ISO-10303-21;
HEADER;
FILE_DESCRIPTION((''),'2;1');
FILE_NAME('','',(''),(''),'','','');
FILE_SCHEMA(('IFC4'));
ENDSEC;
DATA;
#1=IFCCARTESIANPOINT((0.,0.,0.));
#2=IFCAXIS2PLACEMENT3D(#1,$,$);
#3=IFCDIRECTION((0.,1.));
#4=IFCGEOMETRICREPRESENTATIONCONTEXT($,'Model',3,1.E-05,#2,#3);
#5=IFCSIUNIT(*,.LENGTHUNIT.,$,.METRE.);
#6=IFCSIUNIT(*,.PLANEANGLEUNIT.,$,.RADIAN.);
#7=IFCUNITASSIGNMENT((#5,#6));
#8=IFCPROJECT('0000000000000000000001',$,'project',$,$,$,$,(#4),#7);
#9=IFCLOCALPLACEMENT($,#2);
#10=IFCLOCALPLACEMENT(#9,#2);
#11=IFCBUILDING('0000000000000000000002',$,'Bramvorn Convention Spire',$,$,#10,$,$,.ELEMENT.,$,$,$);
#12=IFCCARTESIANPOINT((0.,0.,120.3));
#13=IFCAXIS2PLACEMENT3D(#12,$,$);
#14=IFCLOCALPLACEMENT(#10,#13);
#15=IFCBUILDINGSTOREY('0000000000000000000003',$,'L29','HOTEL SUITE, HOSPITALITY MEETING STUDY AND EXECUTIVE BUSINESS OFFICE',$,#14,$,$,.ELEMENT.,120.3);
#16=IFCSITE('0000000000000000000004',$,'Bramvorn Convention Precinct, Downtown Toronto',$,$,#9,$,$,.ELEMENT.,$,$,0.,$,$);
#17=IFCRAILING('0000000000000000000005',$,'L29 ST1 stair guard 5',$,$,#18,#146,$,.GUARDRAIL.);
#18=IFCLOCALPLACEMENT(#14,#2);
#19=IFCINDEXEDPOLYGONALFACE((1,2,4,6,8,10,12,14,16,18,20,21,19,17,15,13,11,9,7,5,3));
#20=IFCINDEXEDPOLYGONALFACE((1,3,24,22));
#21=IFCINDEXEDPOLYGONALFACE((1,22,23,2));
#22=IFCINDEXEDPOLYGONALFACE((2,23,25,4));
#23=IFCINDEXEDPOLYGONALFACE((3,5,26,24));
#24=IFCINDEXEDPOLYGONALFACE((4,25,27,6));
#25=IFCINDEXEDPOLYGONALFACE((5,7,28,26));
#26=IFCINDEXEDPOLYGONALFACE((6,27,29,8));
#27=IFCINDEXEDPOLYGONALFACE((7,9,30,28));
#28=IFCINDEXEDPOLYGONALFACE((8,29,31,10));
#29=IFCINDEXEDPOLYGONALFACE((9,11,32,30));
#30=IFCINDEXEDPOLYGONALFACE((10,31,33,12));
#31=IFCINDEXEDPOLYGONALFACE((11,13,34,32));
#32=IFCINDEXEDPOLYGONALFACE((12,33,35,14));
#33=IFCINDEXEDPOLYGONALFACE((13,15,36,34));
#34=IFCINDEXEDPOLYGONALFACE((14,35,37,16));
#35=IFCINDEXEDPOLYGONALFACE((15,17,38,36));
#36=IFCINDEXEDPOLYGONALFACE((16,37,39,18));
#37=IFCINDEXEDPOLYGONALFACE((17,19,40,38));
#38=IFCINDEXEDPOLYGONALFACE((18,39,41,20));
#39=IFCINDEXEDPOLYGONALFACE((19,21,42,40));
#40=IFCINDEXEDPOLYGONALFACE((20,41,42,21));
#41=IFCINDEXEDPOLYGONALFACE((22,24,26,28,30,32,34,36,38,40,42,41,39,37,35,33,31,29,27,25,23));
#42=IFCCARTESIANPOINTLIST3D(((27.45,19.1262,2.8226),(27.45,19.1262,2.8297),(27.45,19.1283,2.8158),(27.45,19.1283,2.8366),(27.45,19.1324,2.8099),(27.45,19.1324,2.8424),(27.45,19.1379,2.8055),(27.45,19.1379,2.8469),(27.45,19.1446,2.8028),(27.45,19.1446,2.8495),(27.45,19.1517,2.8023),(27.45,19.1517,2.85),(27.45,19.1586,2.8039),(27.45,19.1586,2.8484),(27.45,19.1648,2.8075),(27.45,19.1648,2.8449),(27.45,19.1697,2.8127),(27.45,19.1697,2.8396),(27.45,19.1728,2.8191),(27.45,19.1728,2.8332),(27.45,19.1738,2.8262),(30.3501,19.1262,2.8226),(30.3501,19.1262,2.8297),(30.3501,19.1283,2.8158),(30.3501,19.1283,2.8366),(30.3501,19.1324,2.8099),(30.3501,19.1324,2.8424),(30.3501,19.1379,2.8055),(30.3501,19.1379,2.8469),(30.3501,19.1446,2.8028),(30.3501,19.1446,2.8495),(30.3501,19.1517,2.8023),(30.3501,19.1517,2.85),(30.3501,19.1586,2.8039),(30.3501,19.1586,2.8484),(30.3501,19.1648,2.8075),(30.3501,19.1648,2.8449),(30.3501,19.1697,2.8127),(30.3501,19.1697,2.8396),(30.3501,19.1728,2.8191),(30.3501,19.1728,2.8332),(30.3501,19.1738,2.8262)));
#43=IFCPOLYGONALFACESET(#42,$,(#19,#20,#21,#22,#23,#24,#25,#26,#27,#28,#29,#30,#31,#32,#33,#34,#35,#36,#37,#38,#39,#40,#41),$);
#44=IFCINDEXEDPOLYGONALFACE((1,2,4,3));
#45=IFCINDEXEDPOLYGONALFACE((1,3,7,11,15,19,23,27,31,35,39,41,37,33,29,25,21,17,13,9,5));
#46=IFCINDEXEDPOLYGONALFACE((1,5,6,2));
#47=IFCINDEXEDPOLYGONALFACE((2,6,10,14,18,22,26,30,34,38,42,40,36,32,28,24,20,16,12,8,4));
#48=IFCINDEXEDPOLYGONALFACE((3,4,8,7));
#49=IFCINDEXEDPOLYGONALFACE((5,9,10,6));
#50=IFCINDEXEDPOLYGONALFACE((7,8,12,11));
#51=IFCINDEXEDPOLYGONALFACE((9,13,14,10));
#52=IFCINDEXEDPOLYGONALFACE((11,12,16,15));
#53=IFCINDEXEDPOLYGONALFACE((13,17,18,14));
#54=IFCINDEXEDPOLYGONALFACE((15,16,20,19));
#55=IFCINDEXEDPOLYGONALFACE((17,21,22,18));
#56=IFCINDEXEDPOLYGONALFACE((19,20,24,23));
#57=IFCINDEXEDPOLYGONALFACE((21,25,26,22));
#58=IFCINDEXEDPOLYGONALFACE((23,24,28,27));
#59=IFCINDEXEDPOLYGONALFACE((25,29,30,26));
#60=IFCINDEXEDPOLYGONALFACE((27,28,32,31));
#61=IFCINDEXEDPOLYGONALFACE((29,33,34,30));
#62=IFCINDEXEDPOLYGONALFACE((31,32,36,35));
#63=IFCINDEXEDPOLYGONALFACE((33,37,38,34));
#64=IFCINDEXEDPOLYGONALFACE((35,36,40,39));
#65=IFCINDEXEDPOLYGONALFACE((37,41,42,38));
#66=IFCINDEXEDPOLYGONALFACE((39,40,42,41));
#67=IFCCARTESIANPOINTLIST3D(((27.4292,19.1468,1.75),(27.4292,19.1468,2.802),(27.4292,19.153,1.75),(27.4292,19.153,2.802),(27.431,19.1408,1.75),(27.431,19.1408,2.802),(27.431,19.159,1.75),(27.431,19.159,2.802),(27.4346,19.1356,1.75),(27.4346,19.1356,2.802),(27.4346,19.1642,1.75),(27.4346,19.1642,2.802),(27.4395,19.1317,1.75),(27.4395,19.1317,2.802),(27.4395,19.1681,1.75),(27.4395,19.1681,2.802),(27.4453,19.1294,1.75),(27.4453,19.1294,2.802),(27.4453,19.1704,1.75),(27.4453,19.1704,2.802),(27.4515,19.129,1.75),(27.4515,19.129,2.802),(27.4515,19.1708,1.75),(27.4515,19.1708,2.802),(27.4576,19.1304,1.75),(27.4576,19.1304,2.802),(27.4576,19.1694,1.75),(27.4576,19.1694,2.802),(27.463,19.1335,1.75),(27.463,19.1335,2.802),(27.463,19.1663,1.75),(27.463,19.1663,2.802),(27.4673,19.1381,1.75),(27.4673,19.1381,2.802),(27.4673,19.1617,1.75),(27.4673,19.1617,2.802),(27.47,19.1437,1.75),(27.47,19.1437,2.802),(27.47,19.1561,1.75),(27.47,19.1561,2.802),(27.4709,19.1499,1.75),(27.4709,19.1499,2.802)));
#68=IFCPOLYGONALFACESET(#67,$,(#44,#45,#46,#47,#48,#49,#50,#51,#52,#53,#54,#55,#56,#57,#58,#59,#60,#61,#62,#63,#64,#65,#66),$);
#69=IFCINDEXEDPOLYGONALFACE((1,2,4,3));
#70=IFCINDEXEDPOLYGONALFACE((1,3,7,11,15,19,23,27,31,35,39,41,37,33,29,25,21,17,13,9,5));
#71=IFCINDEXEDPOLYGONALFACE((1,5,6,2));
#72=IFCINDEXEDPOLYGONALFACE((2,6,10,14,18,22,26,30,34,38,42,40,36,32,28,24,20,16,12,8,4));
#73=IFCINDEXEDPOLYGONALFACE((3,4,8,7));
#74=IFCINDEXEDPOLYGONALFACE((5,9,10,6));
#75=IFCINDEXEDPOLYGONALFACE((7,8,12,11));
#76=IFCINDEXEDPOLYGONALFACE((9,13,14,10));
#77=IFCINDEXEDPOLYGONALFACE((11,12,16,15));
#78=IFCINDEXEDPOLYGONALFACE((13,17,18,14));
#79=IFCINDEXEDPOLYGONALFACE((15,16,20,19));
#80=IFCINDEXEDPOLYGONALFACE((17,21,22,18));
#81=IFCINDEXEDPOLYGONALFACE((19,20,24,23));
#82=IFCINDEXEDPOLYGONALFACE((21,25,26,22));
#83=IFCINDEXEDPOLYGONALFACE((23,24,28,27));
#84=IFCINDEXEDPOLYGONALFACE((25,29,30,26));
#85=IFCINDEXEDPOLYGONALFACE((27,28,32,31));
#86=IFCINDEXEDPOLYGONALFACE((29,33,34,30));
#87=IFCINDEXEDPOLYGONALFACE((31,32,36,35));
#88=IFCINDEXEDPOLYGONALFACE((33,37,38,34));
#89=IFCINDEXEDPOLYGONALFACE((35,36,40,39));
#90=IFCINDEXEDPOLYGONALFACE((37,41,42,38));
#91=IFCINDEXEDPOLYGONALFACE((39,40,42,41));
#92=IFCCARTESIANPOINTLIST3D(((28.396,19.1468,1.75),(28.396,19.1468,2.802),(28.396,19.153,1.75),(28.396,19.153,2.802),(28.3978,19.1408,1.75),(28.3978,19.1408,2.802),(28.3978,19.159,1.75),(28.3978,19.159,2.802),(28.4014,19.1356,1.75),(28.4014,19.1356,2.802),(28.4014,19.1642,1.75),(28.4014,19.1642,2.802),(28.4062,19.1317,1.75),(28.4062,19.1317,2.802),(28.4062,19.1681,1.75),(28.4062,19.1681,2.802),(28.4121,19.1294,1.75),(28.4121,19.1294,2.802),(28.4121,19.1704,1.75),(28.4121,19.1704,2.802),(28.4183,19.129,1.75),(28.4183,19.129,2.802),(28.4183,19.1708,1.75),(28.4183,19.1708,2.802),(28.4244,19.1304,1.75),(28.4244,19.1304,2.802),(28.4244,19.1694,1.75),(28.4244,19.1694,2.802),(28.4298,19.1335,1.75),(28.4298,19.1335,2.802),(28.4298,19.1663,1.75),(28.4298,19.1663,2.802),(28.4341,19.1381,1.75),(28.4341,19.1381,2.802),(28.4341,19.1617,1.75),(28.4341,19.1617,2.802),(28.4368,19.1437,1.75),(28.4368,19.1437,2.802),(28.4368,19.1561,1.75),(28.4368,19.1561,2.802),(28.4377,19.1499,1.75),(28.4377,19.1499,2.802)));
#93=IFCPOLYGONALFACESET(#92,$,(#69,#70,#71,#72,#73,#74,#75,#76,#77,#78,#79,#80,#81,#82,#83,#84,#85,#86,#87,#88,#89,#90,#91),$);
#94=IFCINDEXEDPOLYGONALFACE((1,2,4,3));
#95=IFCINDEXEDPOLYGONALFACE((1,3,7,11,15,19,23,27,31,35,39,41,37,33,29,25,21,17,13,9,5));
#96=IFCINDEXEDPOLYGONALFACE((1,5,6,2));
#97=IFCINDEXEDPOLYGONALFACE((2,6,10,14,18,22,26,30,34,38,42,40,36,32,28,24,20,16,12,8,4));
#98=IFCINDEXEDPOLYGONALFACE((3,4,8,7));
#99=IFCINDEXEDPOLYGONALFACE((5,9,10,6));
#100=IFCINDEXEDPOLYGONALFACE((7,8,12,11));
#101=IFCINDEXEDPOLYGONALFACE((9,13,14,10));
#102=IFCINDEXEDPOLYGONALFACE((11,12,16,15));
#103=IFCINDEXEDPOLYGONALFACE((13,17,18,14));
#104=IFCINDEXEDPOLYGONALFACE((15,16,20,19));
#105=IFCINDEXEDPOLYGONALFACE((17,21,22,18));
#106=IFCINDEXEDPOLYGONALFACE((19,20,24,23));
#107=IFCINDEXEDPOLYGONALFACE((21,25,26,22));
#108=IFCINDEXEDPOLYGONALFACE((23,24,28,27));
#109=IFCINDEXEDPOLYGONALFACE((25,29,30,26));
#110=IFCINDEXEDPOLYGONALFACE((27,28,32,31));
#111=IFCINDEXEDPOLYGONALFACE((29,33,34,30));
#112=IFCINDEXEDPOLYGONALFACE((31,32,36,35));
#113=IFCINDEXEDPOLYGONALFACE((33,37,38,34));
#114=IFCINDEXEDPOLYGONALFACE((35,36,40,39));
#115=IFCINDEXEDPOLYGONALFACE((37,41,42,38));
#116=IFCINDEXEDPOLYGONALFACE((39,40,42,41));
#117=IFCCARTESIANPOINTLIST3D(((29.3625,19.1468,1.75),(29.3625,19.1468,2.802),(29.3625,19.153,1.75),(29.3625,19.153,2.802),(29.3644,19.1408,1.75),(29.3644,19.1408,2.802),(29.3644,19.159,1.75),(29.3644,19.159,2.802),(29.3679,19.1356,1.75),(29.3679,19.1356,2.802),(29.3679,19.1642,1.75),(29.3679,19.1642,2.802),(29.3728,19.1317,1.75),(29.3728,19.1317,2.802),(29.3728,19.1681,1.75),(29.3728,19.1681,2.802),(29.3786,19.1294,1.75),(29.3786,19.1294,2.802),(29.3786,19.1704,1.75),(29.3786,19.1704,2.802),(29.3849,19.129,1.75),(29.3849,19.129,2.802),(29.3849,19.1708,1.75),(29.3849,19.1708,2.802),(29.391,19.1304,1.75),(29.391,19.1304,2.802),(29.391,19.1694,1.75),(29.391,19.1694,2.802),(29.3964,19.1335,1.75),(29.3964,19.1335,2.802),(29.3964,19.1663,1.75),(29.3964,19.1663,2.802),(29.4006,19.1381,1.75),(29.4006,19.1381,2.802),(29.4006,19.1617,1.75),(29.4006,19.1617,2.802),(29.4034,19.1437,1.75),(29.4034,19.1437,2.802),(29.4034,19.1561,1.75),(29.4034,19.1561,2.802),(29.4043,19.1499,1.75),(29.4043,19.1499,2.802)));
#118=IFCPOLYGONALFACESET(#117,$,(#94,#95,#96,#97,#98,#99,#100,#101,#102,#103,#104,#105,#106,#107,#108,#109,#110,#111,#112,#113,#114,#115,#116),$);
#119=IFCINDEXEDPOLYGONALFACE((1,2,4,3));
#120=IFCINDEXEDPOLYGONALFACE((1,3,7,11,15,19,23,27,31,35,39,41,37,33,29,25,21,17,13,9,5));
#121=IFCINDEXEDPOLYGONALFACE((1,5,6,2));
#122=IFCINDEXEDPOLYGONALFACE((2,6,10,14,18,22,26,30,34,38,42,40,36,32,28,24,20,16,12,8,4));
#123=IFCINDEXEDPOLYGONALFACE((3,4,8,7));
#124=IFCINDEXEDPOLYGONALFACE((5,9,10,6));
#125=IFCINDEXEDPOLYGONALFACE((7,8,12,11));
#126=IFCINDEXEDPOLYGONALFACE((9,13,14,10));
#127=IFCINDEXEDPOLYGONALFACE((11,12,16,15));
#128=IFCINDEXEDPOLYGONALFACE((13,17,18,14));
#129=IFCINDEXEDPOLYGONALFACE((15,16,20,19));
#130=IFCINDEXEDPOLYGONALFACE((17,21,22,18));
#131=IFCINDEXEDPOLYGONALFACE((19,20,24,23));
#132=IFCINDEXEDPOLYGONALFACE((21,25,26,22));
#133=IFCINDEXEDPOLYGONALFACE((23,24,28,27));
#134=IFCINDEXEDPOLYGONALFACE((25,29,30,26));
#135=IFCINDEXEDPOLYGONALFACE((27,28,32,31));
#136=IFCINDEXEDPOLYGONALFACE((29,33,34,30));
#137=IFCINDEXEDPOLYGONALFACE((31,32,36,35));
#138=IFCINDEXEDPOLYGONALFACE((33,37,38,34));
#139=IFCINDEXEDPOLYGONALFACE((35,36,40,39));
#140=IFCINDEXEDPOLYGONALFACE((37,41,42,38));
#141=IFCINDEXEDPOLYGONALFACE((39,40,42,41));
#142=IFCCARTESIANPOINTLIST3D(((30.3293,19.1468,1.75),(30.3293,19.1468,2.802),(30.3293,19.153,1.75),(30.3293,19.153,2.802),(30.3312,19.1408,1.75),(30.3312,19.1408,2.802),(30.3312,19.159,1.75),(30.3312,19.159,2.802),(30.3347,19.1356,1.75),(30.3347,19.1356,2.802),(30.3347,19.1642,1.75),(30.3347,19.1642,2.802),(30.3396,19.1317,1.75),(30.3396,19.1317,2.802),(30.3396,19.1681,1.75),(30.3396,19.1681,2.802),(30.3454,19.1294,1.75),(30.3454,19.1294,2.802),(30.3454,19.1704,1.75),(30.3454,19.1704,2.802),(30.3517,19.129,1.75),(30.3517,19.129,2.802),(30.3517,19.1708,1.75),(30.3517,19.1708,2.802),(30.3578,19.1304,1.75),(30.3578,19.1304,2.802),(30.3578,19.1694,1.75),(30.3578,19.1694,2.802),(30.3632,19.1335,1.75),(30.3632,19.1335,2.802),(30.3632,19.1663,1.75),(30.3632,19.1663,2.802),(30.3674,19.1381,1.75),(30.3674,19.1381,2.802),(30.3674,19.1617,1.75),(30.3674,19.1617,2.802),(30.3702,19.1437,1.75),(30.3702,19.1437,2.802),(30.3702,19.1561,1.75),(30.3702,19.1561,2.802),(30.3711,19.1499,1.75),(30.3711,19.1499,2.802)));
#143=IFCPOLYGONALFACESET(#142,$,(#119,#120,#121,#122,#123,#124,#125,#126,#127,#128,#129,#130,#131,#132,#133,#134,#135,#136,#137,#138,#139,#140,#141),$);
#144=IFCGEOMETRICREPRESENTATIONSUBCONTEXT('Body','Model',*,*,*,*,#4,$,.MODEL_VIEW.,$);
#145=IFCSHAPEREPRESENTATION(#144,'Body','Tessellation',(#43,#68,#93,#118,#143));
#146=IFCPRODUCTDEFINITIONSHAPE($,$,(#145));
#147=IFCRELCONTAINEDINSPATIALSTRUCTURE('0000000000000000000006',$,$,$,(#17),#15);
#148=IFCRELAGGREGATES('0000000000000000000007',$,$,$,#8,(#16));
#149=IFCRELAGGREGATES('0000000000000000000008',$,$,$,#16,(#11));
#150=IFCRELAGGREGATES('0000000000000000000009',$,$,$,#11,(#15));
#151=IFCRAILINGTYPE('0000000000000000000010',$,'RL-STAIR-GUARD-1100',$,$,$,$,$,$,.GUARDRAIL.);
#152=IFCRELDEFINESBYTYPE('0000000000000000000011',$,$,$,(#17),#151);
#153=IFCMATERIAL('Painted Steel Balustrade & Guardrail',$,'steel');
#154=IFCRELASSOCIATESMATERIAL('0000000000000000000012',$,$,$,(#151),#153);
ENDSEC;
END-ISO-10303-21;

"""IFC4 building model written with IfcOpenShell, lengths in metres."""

from ifc_helpers import new_model, si_unit, direction, frame, origin, origin_2d, place, context, subcontext, project, spatial, circle, extrude, material, type_object, element, save


model = new_model("IFC4")

# Units and contexts
model_context = context("Model", 3, precision=1e-05, world=origin(), true_north=direction((0.0, 1.0)))
body_context = subcontext(model_context, "Body", "Model", "MODEL_VIEW")
ifc_project = project(units=[si_unit("LENGTHUNIT", "METRE"), si_unit("PLANEANGLEUNIT", "RADIAN")], contexts=[model_context])

# Site, building, storey
site_placement = place(None, origin())
site = spatial("IfcSite", under=ifc_project, at=site_placement, Name="Bramvorn Convention Precinct, Downtown Toronto", CompositionType="ELEMENT", RefElevation=0.0)
building_placement = place(site_placement, origin())
building = spatial("IfcBuilding", under=site, at=building_placement, Name="Bramvorn Convention Spire", CompositionType="ELEMENT")
storey_placement = place(building_placement, frame((0.0, 0.0, 120.3)))
storey = spatial("IfcBuildingStorey", under=building, at=storey_placement, Name="L29", Description="HOTEL SUITE, HOSPITALITY MEETING STUDY AND EXECUTIVE BUSINESS OFFICE", CompositionType="ELEMENT", Elevation=120.3)

# Railing
ifc_material_1 = material(Name="Painted Steel Balustrade & Guardrail", Category="steel")
railing_type = type_object("IfcRailingType", Name="RL-STAIR-GUARD-1100", PredefinedType="GUARDRAIL", material=ifc_material_1)
railing_1_placement = place(storey_placement, frame((27.45, 19.1499, 1.75)))
element("IfcRailing", 1, at=railing_1_placement, inside=storey, type_object=railing_type, Name="L29 ST1 stair guard 5", PredefinedType="GUARDRAIL", context=body_context, shape_type="SweptSolid", body=[
    extrude(circle(Radius=0.0239, at=origin_2d()), frame((0.0, 0.0, 1.0762), z_axis=(1.0, 0.0, 0.0), x_axis=(0.0, 1.0, 0.0)), (0.0, 0.0, 1.0), 2.9001),
    extrude(circle(Radius=0.021, at=origin_2d()), origin(), (0.0, 0.0, 1.0), 1.052),
    extrude(circle(Radius=0.021, at=origin_2d()), frame((0.9668, 0.0, 0.0)), (0.0, 0.0, 1.0), 1.052),
    extrude(circle(Radius=0.021, at=origin_2d()), frame((1.9333, 0.0, 0.0)), (0.0, 0.0, 1.0), 1.052),
    extrude(circle(Radius=0.021, at=origin_2d()), frame((2.9001, 0.0, 0.0)), (0.0, 0.0, 1.0), 1.052),
])

save(model, "model.ifc")
